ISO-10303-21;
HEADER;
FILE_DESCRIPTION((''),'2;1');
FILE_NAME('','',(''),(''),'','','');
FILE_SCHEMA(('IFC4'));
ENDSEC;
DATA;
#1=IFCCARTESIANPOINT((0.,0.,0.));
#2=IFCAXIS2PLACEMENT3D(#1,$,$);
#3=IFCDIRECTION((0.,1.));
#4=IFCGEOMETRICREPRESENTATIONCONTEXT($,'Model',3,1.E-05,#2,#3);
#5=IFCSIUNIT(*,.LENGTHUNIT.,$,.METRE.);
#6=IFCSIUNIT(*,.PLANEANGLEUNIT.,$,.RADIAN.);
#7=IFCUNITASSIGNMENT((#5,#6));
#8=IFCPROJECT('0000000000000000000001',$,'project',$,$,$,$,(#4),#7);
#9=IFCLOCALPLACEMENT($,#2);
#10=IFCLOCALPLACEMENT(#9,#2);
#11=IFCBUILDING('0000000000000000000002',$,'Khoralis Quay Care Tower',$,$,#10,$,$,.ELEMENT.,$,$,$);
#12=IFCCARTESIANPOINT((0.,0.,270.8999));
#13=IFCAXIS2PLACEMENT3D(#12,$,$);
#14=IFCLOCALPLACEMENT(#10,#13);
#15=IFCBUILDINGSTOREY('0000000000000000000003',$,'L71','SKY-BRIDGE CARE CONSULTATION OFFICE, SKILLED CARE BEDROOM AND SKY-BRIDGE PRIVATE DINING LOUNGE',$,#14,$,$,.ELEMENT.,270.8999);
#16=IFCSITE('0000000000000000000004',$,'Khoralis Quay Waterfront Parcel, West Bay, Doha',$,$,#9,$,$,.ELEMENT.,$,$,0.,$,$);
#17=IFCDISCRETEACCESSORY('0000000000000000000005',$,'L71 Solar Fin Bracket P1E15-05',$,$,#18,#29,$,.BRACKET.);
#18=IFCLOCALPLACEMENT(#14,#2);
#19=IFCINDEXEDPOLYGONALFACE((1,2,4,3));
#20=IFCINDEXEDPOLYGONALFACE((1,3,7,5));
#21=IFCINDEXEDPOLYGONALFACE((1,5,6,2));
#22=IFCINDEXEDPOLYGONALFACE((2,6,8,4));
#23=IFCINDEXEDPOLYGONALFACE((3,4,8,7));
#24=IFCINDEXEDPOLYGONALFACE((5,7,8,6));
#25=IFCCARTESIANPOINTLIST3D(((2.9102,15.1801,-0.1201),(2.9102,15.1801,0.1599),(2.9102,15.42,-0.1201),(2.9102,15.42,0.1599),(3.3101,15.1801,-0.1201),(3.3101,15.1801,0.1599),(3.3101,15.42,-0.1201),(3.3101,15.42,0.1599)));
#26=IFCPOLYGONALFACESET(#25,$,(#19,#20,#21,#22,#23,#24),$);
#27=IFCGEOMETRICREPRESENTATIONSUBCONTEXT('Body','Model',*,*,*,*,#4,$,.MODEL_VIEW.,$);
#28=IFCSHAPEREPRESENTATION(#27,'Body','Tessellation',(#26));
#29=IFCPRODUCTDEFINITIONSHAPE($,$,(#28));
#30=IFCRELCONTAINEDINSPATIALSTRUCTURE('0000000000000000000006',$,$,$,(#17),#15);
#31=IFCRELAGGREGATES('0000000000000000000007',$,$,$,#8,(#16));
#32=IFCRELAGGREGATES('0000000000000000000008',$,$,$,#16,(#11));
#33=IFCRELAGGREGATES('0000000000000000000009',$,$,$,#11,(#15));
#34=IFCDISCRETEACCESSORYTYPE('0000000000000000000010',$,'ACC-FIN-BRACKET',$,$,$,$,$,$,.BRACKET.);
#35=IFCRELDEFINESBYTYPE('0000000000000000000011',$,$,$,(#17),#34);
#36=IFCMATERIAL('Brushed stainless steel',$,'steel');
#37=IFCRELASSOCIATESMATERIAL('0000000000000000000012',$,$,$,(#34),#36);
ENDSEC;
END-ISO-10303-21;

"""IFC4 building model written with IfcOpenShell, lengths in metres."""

from ifc_helpers import new_model, si_unit, direction, frame, origin, origin_2d, place, context, subcontext, project, spatial, rectangle, extrude, source, transform, mapped, material, type_object, element, save


model = new_model("IFC4")

# Units and contexts
model_context = context("Model", 3, precision=1e-05, world=origin(), true_north=direction((0.0, 1.0)))
body_context = subcontext(model_context, "Body", "Model", "MODEL_VIEW")
ifc_project = project(units=[si_unit("LENGTHUNIT", "METRE"), si_unit("PLANEANGLEUNIT", "RADIAN")], contexts=[model_context])

# Site, building, storey
site_placement = place(None, origin())
site = spatial("IfcSite", under=ifc_project, at=site_placement, Name="Khoralis Quay Waterfront Parcel, West Bay, Doha", CompositionType="ELEMENT", RefElevation=0.0)
building_placement = place(site_placement, origin())
building = spatial("IfcBuilding", under=site, at=building_placement, Name="Khoralis Quay Care Tower", CompositionType="ELEMENT")
storey_placement = place(building_placement, frame((0.0, 0.0, 270.8999)))
storey = spatial("IfcBuildingStorey", under=building, at=storey_placement, Name="L71", Description="SKY-BRIDGE CARE CONSULTATION OFFICE, SKILLED CARE BEDROOM AND SKY-BRIDGE PRIVATE DINING LOUNGE", CompositionType="ELEMENT", Elevation=270.8999)

# Shared definitions
ifc_material_1 = material(Name="Brushed stainless steel", Category="steel")

# Discrete accessory
discrete_accessory_type = type_object("IfcDiscreteAccessoryType", Name="ACC-FIN-BRACKET", PredefinedType="BRACKET", material=ifc_material_1)
shared_shape_1 = source(origin(), body_context, "Body", "SweptSolid", [
    extrude(rectangle(XDim=0.3999, YDim=0.24, at=origin_2d()), origin(), (0.0, 0.0, 1.0), 0.28),
])
for number, where, z_axis, x_axis, name in (
    (1, (3.1101, 15.3, -0.1201), (0.0, 0.0, 1.0), (-1.0, 0.0, 0.0), "L71 Solar Fin Bracket P1E15-05"),
):
    element("IfcDiscreteAccessory", number, at=place(storey_placement, frame(where, z_axis=z_axis, x_axis=x_axis)), inside=storey, type_object=discrete_accessory_type, Name=name, PredefinedType="BRACKET", context=body_context, shape_type="MappedRepresentation", body=[
        mapped(shared_shape_1, transform((0.0, 0.0, 0.0), scale=1.0)),
    ])

save(model, "model.ifc")
